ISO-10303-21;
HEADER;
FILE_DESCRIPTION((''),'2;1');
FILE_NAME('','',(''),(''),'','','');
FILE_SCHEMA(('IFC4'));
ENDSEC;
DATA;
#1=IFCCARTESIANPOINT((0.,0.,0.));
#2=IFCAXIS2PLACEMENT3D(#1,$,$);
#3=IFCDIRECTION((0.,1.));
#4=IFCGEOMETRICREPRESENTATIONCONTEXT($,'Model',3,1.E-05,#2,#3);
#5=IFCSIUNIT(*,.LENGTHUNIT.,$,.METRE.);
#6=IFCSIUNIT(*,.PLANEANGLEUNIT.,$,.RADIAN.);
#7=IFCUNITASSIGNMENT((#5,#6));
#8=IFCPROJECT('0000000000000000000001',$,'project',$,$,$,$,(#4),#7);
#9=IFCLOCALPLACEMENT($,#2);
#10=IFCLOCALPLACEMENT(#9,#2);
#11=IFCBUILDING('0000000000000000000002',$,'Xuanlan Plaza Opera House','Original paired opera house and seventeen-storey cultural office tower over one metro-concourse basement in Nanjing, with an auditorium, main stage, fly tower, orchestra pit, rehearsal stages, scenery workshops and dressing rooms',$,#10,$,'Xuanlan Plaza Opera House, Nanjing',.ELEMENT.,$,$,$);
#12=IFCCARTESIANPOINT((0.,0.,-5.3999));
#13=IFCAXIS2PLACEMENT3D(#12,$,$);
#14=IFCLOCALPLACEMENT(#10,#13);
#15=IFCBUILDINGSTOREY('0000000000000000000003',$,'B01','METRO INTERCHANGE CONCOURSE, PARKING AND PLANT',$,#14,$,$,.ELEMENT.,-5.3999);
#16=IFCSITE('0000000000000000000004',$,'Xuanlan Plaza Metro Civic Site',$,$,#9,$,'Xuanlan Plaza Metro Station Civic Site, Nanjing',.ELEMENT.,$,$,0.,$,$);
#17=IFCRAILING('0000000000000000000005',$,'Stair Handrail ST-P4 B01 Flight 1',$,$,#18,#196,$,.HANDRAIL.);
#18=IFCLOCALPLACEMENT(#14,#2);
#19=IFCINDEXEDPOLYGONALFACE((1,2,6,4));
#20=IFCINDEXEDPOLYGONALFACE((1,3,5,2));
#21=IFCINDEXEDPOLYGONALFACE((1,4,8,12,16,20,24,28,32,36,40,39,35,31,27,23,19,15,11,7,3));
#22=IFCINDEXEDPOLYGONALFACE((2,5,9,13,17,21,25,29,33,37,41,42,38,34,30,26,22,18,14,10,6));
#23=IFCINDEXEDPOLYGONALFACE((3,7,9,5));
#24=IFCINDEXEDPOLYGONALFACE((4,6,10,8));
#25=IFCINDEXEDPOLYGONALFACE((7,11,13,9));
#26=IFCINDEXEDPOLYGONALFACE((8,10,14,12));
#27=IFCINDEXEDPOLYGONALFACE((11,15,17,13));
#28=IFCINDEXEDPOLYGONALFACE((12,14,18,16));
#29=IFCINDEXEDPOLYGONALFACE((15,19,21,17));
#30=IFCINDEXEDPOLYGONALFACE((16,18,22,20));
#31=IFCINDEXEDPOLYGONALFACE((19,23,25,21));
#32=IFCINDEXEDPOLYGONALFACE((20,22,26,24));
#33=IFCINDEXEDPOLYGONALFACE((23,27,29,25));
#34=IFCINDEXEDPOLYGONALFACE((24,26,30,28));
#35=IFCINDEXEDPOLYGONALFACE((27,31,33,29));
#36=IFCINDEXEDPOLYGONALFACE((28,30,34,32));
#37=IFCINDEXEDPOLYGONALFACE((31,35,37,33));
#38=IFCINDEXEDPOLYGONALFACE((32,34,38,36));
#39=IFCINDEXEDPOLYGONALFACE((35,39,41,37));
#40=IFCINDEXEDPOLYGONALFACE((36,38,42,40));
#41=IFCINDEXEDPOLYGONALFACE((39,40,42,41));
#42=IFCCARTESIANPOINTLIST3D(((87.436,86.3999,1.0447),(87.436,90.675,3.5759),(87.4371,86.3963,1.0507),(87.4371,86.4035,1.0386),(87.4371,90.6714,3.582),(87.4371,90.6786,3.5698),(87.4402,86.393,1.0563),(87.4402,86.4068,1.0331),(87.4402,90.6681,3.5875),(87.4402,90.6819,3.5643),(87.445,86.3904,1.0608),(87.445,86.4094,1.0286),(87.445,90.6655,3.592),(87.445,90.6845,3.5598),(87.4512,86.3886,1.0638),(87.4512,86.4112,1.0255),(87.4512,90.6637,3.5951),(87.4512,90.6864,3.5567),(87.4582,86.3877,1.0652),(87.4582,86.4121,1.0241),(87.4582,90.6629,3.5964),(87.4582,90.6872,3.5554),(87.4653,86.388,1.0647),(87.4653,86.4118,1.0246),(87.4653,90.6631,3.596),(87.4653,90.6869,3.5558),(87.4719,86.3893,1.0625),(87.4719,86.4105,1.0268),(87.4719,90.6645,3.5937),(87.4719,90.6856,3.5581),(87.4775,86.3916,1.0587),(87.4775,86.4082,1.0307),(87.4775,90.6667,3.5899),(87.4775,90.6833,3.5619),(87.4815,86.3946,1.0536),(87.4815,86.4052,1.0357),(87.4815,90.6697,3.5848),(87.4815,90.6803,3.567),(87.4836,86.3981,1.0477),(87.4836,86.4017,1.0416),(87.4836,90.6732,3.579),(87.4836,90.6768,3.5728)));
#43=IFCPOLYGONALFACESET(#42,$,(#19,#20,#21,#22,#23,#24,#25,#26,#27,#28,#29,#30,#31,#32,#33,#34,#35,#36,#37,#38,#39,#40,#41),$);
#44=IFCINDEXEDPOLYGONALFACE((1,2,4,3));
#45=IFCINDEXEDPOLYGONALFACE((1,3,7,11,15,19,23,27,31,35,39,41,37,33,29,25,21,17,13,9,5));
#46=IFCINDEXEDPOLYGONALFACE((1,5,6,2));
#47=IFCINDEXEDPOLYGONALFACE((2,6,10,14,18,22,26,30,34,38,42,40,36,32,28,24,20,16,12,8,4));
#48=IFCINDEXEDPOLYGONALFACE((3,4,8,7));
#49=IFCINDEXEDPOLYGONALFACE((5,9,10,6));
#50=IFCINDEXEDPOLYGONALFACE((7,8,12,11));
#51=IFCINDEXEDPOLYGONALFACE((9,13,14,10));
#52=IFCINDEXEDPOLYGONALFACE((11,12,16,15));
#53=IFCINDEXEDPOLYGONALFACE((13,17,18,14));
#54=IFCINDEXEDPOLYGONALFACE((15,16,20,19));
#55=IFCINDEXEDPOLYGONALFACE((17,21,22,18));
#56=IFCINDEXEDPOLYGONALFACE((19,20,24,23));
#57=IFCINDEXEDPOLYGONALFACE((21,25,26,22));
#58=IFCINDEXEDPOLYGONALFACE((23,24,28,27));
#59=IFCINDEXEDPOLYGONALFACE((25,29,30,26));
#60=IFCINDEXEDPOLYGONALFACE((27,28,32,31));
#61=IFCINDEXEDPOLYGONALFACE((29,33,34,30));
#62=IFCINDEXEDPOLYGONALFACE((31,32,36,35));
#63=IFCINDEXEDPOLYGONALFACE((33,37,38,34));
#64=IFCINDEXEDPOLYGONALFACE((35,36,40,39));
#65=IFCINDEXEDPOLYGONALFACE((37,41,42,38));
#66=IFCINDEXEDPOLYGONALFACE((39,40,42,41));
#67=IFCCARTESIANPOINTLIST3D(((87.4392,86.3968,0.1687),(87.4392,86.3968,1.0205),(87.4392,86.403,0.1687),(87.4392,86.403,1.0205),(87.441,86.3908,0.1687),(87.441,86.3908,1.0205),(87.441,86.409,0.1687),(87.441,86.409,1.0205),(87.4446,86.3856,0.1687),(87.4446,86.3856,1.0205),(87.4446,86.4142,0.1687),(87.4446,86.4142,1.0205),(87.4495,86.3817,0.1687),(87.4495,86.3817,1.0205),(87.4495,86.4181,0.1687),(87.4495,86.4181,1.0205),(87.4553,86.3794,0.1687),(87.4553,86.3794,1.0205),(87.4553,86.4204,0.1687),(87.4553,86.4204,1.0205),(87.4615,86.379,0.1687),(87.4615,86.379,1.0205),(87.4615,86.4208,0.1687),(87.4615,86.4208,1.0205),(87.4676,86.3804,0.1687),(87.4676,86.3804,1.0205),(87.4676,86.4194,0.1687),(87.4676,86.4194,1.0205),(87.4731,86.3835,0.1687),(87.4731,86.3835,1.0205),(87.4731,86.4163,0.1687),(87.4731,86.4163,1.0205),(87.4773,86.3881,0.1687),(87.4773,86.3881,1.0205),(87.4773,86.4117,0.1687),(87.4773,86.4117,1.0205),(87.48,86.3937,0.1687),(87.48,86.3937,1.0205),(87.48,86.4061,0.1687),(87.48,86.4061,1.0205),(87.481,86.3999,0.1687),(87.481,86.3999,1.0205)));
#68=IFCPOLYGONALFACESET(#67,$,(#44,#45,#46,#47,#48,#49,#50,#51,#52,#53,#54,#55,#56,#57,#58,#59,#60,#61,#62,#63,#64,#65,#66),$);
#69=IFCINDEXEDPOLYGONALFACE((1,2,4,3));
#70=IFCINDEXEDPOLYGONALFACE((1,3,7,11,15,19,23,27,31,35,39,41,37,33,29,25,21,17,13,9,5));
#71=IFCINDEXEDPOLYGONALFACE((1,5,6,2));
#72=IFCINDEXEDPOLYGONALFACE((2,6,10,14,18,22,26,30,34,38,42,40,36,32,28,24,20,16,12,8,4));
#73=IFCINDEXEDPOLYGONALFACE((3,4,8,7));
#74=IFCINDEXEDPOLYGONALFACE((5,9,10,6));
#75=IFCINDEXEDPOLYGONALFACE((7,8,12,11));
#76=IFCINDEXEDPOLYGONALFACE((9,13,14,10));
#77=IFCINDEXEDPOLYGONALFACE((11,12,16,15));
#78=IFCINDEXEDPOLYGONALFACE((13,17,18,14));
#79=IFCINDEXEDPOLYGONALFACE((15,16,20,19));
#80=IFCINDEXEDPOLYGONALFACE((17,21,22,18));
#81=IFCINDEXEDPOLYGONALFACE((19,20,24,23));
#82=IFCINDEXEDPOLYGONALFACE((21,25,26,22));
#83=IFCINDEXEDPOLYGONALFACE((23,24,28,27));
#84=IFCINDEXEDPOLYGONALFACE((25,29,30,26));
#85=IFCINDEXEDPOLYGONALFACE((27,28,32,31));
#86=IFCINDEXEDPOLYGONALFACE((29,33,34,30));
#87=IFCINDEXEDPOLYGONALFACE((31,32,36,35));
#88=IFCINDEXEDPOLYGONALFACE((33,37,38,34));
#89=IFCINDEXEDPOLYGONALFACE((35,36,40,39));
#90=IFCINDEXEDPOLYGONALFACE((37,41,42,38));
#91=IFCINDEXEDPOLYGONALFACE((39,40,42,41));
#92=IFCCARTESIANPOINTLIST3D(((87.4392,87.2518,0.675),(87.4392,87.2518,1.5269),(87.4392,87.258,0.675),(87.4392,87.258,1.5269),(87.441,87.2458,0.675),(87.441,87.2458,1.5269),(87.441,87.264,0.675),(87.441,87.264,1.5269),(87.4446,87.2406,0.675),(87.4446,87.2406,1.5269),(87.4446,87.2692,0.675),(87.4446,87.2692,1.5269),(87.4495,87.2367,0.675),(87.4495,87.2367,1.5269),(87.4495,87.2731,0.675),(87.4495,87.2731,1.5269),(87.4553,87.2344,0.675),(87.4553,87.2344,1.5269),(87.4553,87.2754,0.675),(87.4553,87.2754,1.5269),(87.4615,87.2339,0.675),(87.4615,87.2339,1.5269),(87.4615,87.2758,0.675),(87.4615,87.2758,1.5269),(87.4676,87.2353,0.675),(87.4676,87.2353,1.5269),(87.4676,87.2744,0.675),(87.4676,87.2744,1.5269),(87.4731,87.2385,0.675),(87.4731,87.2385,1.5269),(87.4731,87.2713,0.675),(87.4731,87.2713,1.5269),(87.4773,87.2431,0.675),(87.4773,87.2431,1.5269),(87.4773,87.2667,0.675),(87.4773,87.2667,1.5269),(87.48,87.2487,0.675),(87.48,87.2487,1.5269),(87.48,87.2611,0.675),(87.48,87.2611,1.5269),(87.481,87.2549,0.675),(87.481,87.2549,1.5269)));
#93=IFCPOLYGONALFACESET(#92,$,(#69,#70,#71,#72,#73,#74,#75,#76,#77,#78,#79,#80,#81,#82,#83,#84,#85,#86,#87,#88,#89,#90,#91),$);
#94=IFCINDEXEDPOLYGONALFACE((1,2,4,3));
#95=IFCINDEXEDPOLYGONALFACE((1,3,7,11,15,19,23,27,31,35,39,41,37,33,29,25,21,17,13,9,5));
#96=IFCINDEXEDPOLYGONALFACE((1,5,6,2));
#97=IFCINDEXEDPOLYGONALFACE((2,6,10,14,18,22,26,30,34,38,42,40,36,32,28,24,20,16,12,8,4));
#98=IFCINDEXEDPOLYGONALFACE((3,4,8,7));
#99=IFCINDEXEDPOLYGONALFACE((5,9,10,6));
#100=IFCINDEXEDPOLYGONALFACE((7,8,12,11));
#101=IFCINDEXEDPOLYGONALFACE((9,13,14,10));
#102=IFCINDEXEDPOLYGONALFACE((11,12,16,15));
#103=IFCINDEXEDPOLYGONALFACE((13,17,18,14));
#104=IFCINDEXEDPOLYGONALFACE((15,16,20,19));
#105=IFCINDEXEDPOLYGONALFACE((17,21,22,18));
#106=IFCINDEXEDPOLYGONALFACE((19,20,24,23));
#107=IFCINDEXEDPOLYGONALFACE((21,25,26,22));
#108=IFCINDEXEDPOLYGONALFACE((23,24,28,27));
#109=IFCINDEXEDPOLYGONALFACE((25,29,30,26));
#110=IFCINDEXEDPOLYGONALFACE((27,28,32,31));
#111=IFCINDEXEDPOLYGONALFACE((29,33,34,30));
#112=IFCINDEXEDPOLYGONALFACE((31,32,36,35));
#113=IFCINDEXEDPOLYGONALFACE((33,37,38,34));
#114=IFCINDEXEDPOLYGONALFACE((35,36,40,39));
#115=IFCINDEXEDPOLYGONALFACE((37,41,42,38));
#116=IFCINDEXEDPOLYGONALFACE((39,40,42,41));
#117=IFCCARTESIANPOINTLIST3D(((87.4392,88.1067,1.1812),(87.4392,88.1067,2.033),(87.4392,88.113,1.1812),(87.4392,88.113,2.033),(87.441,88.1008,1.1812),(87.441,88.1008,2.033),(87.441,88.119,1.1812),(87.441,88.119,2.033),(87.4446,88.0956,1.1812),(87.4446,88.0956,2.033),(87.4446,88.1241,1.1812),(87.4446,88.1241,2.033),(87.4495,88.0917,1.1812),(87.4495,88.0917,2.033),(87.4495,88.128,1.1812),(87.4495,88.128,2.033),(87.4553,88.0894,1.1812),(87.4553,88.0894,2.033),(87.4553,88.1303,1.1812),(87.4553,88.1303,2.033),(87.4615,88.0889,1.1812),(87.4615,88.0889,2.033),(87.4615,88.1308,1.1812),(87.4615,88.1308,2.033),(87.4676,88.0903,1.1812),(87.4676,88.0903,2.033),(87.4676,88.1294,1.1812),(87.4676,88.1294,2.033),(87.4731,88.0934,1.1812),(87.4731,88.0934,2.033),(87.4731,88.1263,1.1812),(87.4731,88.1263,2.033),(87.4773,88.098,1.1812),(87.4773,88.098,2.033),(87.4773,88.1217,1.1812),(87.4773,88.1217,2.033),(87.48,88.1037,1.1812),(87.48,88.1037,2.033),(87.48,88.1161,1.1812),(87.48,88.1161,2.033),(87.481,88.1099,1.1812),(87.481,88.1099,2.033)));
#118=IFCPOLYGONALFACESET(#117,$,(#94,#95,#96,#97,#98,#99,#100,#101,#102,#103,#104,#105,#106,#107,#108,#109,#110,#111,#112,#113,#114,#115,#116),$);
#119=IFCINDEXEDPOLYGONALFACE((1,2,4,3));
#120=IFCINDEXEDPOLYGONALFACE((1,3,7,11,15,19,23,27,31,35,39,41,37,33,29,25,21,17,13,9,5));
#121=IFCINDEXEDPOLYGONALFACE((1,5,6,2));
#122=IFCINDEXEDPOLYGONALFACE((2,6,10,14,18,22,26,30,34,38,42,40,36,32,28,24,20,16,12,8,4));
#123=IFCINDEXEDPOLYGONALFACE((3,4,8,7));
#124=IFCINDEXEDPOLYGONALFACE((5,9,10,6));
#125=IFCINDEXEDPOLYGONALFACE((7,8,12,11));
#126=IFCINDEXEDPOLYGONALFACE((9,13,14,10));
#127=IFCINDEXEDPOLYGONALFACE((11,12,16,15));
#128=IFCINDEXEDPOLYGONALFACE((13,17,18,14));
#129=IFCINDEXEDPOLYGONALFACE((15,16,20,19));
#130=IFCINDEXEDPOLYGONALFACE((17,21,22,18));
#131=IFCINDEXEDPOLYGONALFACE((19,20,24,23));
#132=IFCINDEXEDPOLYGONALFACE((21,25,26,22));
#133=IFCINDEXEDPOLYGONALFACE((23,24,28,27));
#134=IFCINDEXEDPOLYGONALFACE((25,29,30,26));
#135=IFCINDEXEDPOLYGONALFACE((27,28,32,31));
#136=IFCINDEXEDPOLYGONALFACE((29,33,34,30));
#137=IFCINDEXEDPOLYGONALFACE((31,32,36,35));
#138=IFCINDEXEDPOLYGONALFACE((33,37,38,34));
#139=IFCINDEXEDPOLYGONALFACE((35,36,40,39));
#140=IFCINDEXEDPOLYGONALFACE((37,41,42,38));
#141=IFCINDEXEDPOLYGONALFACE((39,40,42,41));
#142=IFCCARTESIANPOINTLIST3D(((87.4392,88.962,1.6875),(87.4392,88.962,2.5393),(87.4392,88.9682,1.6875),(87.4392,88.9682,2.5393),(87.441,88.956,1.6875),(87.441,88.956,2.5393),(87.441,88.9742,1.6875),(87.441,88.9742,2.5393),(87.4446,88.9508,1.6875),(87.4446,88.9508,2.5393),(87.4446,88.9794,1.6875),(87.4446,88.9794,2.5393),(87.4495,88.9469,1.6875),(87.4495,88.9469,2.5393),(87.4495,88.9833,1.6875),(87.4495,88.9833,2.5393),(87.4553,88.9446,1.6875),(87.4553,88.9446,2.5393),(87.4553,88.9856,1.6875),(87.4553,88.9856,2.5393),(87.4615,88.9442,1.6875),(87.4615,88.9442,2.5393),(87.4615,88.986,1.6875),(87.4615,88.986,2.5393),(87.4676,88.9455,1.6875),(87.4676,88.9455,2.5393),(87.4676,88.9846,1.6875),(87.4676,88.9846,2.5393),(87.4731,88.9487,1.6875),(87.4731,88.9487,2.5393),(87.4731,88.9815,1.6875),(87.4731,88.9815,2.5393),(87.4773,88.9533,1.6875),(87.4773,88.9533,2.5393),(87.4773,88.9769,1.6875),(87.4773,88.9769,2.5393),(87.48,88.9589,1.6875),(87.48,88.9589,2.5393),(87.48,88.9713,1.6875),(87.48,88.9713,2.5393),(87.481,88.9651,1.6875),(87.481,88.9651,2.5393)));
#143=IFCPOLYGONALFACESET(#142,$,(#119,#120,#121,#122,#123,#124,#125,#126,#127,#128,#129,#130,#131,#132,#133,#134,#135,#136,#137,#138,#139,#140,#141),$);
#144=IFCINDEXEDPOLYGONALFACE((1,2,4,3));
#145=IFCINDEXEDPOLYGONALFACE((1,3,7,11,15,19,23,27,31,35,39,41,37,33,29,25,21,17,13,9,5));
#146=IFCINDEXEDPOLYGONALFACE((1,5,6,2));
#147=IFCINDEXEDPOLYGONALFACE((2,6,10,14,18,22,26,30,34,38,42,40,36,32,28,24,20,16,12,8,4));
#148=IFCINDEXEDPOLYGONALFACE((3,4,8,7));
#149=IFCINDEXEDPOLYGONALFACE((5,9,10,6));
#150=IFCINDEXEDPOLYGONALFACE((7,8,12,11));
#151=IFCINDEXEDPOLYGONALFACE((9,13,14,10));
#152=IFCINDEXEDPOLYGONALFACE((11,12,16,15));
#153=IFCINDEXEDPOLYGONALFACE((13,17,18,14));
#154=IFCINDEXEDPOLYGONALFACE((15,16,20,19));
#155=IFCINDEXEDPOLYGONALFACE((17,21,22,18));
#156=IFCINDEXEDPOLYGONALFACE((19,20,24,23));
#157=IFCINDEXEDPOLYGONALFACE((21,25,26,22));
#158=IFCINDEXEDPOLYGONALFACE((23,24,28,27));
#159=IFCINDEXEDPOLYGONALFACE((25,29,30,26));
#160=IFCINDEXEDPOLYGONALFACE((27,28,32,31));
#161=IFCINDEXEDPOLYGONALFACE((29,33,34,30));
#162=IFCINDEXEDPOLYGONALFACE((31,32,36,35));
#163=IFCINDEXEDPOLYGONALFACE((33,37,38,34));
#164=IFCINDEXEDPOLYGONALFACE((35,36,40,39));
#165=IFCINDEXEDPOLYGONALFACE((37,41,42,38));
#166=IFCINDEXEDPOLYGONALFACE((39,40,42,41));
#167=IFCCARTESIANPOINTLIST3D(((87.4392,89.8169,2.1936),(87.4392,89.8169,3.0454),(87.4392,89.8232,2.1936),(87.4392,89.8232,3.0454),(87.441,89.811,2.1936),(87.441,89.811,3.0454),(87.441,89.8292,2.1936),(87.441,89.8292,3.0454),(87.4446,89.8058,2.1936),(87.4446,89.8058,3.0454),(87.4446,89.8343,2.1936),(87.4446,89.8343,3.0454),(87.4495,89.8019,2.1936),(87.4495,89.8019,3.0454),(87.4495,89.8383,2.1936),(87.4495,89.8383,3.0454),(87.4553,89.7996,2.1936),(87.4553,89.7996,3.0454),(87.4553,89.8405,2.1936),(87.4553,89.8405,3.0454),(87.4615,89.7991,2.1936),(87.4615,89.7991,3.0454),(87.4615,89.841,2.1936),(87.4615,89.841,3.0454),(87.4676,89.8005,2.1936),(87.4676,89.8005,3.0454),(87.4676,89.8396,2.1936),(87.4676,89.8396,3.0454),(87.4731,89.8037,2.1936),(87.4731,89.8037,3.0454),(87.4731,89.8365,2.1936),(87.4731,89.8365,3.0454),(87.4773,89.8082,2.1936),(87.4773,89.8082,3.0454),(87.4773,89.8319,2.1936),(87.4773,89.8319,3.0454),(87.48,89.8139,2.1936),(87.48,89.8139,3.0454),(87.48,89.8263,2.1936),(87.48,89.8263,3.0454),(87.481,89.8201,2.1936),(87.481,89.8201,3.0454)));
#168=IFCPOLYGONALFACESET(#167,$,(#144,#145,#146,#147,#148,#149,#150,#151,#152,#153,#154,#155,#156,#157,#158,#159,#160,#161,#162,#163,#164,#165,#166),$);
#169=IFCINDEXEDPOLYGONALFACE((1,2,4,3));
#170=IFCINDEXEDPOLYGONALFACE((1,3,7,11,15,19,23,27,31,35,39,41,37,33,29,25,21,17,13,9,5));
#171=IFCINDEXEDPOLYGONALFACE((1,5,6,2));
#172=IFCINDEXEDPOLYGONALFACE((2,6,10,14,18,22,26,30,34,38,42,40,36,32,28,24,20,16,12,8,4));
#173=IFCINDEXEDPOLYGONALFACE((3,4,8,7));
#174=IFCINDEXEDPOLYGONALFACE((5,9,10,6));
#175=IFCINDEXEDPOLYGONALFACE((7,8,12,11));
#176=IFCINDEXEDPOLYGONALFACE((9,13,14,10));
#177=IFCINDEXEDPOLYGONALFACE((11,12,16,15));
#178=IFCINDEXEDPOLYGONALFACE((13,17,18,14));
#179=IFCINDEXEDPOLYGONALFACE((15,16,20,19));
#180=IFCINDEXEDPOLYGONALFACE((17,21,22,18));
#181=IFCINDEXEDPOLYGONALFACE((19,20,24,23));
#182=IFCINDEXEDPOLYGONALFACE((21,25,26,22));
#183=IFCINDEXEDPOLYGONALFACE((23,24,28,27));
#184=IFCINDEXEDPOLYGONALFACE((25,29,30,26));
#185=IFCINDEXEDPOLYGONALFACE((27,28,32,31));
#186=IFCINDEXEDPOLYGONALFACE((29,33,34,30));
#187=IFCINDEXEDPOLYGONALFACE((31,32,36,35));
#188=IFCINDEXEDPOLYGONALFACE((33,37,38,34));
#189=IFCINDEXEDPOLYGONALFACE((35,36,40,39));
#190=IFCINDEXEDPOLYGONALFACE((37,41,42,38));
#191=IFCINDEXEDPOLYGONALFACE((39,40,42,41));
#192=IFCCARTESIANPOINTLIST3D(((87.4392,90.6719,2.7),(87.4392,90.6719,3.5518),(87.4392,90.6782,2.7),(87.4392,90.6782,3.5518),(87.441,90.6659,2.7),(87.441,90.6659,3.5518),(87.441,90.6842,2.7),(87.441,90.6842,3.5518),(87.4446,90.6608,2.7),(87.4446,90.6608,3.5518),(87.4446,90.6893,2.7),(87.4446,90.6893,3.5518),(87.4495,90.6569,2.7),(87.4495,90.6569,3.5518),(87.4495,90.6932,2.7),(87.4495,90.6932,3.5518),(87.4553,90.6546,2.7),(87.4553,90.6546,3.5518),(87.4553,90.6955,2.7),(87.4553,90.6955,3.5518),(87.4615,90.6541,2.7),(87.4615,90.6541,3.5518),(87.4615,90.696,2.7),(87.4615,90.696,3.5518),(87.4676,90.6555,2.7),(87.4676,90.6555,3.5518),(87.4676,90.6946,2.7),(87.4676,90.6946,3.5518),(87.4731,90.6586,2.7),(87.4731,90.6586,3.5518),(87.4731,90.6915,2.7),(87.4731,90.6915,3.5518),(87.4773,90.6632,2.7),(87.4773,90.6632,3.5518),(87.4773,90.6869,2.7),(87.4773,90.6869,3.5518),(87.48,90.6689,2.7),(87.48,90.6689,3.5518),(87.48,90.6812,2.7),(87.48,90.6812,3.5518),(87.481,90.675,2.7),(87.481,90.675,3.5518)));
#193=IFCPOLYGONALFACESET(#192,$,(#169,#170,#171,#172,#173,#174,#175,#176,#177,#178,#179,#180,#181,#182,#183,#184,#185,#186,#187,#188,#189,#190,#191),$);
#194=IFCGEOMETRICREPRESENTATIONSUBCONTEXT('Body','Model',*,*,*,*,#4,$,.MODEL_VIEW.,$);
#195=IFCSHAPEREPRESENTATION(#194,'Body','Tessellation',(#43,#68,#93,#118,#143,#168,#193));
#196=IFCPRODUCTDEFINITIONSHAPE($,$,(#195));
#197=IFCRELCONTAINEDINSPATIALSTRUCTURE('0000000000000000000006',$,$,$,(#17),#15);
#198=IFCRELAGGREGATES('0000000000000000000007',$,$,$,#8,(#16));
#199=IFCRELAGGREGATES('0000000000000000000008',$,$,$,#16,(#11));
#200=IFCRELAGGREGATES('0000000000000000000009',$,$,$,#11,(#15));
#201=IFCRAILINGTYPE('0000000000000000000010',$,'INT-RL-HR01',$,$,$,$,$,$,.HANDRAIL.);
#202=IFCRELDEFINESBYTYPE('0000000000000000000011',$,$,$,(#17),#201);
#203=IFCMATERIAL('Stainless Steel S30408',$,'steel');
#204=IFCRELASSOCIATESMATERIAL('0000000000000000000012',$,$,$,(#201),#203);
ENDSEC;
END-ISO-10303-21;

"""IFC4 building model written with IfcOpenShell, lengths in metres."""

from ifc_helpers import new_model, si_unit, direction, frame, origin, origin_2d, place, context, subcontext, project, spatial, circle, extrude, material, type_object, element, save


model = new_model("IFC4")

# Units and contexts
model_context = context("Model", 3, precision=1e-05, world=origin(), true_north=direction((0.0, 1.0)))
body_context = subcontext(model_context, "Body", "Model", "MODEL_VIEW")
ifc_project = project(units=[si_unit("LENGTHUNIT", "METRE"), si_unit("PLANEANGLEUNIT", "RADIAN")], contexts=[model_context])

# Site, building, storey
site_placement = place(None, origin())
site = spatial("IfcSite", under=ifc_project, at=site_placement, Name="Xuanlan Plaza Metro Civic Site", LongName="Xuanlan Plaza Metro Station Civic Site, Nanjing", CompositionType="ELEMENT", RefElevation=0.0)
building_placement = place(site_placement, origin())
building = spatial("IfcBuilding", under=site, at=building_placement, Name="Xuanlan Plaza Opera House", Description="Original paired opera house and seventeen-storey cultural office tower over one metro-concourse basement in Nanjing, with an auditorium, main stage, fly tower, orchestra pit, rehearsal stages, scenery workshops and dressing rooms", LongName="Xuanlan Plaza Opera House, Nanjing", CompositionType="ELEMENT")
storey_placement = place(building_placement, frame((0.0, 0.0, -5.3999)))
storey = spatial("IfcBuildingStorey", under=building, at=storey_placement, Name="B01", Description="METRO INTERCHANGE CONCOURSE, PARKING AND PLANT", CompositionType="ELEMENT", Elevation=-5.3999)

# Railing
ifc_material_1 = material(Name="Stainless Steel S30408", Category="steel")
railing_type = type_object("IfcRailingType", Name="INT-RL-HR01", PredefinedType="HANDRAIL", material=ifc_material_1)
for number, where, name in (
    (1, (87.46, 86.3999, 0.1687), "Stair Handrail ST-P4 B01 Flight 1"),
):
    element("IfcRailing", number, at=place(storey_placement, frame(where)), inside=storey, type_object=railing_type, Name=name, PredefinedType="HANDRAIL", context=body_context, shape_type="SweptSolid", body=[
        extrude(circle(Radius=0.0239, at=origin_2d()), frame((0.0, 0.0, 0.876), z_axis=(0.0, 0.860483, 0.509479), x_axis=(-1.0, 0.0, 0.0)), (0.0, 0.0, 1.0), 4.9683),
        extrude(circle(Radius=0.021, at=origin_2d()), origin(), (0.0, 0.0, 1.0), 0.8518),
        extrude(circle(Radius=0.021, at=origin_2d()), frame((0.0, 0.855, 0.5063)), (0.0, 0.0, 1.0), 0.8518),
        extrude(circle(Radius=0.021, at=origin_2d()), frame((0.0, 1.71, 1.0125)), (0.0, 0.0, 1.0), 0.8518),
        extrude(circle(Radius=0.021, at=origin_2d()), frame((0.0, 2.5652, 1.5188)), (0.0, 0.0, 1.0), 0.8518),
        extrude(circle(Radius=0.021, at=origin_2d()), frame((0.0, 3.4202, 2.0249)), (0.0, 0.0, 1.0), 0.8518),
        extrude(circle(Radius=0.021, at=origin_2d()), frame((0.0, 4.2751, 2.5312)), (0.0, 0.0, 1.0), 0.8518),
    ])

save(model, "model.ifc")
